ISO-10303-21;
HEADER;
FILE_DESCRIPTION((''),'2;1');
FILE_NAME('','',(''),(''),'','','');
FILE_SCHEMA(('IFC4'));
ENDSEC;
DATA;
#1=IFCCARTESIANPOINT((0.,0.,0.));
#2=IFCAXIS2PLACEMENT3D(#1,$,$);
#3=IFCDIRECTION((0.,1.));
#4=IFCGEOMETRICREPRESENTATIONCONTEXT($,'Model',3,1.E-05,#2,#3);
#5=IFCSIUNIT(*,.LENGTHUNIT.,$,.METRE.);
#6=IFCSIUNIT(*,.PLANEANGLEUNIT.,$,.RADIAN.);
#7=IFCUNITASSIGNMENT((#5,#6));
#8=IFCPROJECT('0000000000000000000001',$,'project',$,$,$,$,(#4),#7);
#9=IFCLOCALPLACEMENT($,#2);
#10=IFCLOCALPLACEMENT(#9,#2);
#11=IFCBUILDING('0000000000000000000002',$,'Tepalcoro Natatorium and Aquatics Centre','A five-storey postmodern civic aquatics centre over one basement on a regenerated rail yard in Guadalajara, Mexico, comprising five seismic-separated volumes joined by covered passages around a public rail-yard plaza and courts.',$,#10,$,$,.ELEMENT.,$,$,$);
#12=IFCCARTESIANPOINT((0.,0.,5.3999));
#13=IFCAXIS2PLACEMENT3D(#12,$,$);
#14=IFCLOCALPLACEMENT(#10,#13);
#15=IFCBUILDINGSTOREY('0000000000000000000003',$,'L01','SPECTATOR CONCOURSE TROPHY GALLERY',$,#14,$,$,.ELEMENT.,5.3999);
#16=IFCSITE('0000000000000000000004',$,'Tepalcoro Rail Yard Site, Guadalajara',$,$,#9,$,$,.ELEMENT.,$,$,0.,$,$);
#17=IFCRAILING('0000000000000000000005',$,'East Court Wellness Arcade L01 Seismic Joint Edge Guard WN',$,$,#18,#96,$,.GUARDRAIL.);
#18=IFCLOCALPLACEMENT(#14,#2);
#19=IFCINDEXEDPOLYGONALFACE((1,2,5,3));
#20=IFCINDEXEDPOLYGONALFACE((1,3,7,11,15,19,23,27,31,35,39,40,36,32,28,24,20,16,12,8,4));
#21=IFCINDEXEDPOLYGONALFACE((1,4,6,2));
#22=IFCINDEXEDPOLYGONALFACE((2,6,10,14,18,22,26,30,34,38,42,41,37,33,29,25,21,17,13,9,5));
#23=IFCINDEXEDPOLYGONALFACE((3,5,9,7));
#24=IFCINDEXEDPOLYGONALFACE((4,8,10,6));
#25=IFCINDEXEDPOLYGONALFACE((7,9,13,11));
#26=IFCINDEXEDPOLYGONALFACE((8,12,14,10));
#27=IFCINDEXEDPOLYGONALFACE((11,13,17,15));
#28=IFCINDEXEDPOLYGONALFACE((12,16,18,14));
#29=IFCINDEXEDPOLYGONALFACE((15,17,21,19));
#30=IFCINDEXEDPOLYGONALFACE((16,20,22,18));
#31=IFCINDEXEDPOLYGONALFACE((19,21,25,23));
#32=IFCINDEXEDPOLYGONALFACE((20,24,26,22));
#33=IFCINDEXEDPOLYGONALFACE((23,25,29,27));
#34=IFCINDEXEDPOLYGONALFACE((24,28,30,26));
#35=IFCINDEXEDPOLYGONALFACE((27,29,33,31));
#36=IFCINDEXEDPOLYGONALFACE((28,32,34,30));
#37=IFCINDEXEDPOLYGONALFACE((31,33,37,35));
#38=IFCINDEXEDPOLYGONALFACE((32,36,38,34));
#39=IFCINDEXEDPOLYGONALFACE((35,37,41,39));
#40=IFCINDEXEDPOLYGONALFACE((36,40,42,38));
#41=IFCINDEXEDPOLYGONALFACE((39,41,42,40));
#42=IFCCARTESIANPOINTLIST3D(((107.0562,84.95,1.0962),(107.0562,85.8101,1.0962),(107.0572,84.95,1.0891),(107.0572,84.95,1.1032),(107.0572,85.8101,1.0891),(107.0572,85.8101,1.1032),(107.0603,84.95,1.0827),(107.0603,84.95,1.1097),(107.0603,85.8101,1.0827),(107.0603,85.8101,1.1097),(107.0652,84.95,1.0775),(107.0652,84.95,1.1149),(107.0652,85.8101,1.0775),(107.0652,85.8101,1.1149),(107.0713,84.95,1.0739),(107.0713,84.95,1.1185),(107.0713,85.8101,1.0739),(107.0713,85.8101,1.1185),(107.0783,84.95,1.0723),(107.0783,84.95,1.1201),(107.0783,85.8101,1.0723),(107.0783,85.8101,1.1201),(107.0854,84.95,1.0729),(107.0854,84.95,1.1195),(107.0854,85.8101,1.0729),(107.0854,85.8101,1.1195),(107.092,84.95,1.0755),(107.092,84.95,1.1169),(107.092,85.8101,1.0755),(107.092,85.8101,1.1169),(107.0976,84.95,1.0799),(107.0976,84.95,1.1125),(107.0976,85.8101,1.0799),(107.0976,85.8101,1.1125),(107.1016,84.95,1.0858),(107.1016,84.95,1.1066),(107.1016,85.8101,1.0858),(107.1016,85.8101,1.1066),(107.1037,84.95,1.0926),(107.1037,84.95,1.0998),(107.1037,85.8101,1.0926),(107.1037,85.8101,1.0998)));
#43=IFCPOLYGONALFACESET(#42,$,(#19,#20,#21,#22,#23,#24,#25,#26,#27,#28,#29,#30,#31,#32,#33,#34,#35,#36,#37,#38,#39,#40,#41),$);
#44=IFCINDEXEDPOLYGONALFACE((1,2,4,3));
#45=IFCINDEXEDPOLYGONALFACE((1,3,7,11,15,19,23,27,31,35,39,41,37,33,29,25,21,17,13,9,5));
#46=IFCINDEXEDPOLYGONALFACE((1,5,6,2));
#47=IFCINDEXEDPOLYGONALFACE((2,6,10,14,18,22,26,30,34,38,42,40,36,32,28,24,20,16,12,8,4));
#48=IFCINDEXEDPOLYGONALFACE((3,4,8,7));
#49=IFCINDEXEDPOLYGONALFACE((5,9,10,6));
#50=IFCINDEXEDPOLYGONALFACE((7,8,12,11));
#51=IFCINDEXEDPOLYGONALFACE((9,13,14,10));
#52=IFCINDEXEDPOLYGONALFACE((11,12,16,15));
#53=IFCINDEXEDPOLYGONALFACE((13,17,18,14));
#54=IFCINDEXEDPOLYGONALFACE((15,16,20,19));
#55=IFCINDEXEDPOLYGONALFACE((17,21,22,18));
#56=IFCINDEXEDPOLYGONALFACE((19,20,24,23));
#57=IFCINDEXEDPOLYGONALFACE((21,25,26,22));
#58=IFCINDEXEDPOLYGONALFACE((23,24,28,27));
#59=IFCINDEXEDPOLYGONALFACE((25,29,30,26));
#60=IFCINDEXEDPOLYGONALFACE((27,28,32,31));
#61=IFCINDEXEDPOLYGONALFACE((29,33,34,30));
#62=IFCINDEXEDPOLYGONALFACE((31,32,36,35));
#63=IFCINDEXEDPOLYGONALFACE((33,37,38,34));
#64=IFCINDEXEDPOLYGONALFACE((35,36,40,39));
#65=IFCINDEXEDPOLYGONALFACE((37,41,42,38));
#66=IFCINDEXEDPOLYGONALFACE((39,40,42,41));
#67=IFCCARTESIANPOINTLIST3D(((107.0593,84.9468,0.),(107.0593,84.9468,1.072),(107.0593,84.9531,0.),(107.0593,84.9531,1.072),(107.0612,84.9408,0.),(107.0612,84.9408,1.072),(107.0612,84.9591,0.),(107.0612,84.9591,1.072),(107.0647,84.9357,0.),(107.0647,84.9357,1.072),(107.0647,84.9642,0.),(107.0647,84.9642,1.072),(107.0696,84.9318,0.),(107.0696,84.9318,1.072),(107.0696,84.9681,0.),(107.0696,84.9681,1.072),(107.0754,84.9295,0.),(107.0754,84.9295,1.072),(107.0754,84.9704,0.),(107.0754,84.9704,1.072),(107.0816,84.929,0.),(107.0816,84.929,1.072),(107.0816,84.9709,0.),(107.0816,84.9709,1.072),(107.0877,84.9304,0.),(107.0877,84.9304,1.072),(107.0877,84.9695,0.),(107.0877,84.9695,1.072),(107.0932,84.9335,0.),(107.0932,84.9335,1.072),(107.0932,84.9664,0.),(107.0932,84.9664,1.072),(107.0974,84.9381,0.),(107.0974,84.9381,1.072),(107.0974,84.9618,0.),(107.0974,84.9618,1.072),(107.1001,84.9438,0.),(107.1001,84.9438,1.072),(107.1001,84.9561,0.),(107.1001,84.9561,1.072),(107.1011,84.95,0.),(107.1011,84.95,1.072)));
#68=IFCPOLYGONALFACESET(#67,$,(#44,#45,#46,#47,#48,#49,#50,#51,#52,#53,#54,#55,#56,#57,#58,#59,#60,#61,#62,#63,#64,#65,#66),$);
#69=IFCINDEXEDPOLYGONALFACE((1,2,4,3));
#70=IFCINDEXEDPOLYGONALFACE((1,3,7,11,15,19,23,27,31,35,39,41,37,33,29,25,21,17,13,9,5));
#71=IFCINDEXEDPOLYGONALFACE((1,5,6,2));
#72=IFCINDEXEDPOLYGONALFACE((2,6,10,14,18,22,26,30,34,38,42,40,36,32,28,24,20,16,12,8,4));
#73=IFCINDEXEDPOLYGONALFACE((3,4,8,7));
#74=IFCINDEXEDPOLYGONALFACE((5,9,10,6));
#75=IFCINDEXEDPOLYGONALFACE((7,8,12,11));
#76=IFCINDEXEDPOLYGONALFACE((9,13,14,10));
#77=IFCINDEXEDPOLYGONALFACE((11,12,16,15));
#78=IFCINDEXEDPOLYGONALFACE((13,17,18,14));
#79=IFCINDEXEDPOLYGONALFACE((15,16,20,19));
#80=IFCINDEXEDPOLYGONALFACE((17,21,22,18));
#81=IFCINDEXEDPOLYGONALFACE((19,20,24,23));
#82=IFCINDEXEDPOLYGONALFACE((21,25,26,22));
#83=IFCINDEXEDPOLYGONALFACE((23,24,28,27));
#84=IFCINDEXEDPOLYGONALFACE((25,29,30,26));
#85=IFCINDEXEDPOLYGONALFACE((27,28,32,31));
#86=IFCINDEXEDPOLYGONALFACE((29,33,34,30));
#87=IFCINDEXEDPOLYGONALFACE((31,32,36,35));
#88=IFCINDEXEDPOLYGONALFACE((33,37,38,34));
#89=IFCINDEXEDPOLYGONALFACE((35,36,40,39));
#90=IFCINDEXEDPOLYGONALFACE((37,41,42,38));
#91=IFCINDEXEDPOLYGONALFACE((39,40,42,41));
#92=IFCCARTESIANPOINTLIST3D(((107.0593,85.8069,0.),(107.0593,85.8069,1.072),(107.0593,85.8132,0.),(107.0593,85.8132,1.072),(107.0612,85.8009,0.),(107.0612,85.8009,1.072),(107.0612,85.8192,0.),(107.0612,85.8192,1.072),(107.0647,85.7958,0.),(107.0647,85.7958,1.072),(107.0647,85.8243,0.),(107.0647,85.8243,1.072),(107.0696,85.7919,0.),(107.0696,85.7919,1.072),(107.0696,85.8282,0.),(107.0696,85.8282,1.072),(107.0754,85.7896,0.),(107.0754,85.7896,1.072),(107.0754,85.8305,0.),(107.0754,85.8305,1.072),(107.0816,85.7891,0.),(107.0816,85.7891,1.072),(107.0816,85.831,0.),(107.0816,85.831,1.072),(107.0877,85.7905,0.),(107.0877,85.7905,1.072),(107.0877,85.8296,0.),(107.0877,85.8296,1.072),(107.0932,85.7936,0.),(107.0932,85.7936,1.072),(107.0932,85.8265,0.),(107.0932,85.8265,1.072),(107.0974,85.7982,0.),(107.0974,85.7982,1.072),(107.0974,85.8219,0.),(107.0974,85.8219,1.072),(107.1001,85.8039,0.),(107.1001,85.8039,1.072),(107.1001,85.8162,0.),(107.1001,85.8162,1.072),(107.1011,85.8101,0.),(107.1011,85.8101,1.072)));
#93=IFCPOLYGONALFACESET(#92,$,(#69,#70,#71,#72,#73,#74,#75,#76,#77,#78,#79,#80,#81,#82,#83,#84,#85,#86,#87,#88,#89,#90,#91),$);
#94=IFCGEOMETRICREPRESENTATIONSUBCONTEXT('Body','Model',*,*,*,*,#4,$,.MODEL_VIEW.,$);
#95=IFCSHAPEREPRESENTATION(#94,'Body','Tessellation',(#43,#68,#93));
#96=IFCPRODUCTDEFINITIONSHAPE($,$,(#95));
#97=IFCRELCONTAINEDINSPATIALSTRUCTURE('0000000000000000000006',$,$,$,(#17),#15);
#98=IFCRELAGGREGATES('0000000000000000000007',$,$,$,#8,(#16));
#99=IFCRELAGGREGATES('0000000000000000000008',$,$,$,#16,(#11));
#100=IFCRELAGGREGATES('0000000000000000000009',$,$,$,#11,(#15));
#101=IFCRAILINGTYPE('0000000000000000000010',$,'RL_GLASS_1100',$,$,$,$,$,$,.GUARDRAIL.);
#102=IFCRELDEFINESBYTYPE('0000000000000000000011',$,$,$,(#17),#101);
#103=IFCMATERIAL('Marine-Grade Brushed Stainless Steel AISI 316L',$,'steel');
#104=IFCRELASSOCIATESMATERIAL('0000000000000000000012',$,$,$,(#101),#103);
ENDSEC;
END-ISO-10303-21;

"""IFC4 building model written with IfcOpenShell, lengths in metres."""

from ifc_helpers import new_model, si_unit, direction, frame, origin, origin_2d, place, context, subcontext, project, spatial, circle, extrude, material, type_object, element, save


model = new_model("IFC4")

# Units and contexts
model_context = context("Model", 3, precision=1e-05, world=origin(), true_north=direction((0.0, 1.0)))
body_context = subcontext(model_context, "Body", "Model", "MODEL_VIEW")
ifc_project = project(units=[si_unit("LENGTHUNIT", "METRE"), si_unit("PLANEANGLEUNIT", "RADIAN")], contexts=[model_context])

# Site, building, storey
site_placement = place(None, origin())
site = spatial("IfcSite", under=ifc_project, at=site_placement, Name="Tepalcoro Rail Yard Site, Guadalajara", CompositionType="ELEMENT", RefElevation=0.0)
building_placement = place(site_placement, origin())
building = spatial("IfcBuilding", under=site, at=building_placement, Name="Tepalcoro Natatorium and Aquatics Centre", Description="A five-storey postmodern civic aquatics centre over one basement on a regenerated rail yard in Guadalajara, Mexico, comprising five seismic-separated volumes joined by covered passages around a public rail-yard plaza and courts.", CompositionType="ELEMENT")
storey_placement = place(building_placement, frame((0.0, 0.0, 5.3999)))
storey = spatial("IfcBuildingStorey", under=building, at=storey_placement, Name="L01", Description="SPECTATOR CONCOURSE TROPHY GALLERY", CompositionType="ELEMENT", Elevation=5.3999)

# Railing
ifc_material_1 = material(Name="Marine-Grade Brushed Stainless Steel AISI 316L", Category="steel")
railing_type = type_object("IfcRailingType", Name="RL_GLASS_1100", PredefinedType="GUARDRAIL", material=ifc_material_1)
railing_placement = place(storey_placement, frame((107.0801, 84.95, 0.0)))
element("IfcRailing", 1, at=railing_placement, inside=storey, type_object=railing_type, Name="East Court Wellness Arcade L01 Seismic Joint Edge Guard WN", PredefinedType="GUARDRAIL", context=body_context, shape_type="SweptSolid", body=[
    extrude(circle(Radius=0.0239, at=origin_2d()), frame((0.0, 0.0, 1.0962), z_axis=(0.0, 1.0, 0.0), x_axis=(-1.0, 0.0, 0.0)), (0.0, 0.0, 1.0), 0.8601),
    extrude(circle(Radius=0.021, at=origin_2d()), origin(), (0.0, 0.0, 1.0), 1.072),
    extrude(circle(Radius=0.021, at=origin_2d()), frame((0.0, 0.8601, 0.0)), (0.0, 0.0, 1.0), 1.072),
])

save(model, "model.ifc")
